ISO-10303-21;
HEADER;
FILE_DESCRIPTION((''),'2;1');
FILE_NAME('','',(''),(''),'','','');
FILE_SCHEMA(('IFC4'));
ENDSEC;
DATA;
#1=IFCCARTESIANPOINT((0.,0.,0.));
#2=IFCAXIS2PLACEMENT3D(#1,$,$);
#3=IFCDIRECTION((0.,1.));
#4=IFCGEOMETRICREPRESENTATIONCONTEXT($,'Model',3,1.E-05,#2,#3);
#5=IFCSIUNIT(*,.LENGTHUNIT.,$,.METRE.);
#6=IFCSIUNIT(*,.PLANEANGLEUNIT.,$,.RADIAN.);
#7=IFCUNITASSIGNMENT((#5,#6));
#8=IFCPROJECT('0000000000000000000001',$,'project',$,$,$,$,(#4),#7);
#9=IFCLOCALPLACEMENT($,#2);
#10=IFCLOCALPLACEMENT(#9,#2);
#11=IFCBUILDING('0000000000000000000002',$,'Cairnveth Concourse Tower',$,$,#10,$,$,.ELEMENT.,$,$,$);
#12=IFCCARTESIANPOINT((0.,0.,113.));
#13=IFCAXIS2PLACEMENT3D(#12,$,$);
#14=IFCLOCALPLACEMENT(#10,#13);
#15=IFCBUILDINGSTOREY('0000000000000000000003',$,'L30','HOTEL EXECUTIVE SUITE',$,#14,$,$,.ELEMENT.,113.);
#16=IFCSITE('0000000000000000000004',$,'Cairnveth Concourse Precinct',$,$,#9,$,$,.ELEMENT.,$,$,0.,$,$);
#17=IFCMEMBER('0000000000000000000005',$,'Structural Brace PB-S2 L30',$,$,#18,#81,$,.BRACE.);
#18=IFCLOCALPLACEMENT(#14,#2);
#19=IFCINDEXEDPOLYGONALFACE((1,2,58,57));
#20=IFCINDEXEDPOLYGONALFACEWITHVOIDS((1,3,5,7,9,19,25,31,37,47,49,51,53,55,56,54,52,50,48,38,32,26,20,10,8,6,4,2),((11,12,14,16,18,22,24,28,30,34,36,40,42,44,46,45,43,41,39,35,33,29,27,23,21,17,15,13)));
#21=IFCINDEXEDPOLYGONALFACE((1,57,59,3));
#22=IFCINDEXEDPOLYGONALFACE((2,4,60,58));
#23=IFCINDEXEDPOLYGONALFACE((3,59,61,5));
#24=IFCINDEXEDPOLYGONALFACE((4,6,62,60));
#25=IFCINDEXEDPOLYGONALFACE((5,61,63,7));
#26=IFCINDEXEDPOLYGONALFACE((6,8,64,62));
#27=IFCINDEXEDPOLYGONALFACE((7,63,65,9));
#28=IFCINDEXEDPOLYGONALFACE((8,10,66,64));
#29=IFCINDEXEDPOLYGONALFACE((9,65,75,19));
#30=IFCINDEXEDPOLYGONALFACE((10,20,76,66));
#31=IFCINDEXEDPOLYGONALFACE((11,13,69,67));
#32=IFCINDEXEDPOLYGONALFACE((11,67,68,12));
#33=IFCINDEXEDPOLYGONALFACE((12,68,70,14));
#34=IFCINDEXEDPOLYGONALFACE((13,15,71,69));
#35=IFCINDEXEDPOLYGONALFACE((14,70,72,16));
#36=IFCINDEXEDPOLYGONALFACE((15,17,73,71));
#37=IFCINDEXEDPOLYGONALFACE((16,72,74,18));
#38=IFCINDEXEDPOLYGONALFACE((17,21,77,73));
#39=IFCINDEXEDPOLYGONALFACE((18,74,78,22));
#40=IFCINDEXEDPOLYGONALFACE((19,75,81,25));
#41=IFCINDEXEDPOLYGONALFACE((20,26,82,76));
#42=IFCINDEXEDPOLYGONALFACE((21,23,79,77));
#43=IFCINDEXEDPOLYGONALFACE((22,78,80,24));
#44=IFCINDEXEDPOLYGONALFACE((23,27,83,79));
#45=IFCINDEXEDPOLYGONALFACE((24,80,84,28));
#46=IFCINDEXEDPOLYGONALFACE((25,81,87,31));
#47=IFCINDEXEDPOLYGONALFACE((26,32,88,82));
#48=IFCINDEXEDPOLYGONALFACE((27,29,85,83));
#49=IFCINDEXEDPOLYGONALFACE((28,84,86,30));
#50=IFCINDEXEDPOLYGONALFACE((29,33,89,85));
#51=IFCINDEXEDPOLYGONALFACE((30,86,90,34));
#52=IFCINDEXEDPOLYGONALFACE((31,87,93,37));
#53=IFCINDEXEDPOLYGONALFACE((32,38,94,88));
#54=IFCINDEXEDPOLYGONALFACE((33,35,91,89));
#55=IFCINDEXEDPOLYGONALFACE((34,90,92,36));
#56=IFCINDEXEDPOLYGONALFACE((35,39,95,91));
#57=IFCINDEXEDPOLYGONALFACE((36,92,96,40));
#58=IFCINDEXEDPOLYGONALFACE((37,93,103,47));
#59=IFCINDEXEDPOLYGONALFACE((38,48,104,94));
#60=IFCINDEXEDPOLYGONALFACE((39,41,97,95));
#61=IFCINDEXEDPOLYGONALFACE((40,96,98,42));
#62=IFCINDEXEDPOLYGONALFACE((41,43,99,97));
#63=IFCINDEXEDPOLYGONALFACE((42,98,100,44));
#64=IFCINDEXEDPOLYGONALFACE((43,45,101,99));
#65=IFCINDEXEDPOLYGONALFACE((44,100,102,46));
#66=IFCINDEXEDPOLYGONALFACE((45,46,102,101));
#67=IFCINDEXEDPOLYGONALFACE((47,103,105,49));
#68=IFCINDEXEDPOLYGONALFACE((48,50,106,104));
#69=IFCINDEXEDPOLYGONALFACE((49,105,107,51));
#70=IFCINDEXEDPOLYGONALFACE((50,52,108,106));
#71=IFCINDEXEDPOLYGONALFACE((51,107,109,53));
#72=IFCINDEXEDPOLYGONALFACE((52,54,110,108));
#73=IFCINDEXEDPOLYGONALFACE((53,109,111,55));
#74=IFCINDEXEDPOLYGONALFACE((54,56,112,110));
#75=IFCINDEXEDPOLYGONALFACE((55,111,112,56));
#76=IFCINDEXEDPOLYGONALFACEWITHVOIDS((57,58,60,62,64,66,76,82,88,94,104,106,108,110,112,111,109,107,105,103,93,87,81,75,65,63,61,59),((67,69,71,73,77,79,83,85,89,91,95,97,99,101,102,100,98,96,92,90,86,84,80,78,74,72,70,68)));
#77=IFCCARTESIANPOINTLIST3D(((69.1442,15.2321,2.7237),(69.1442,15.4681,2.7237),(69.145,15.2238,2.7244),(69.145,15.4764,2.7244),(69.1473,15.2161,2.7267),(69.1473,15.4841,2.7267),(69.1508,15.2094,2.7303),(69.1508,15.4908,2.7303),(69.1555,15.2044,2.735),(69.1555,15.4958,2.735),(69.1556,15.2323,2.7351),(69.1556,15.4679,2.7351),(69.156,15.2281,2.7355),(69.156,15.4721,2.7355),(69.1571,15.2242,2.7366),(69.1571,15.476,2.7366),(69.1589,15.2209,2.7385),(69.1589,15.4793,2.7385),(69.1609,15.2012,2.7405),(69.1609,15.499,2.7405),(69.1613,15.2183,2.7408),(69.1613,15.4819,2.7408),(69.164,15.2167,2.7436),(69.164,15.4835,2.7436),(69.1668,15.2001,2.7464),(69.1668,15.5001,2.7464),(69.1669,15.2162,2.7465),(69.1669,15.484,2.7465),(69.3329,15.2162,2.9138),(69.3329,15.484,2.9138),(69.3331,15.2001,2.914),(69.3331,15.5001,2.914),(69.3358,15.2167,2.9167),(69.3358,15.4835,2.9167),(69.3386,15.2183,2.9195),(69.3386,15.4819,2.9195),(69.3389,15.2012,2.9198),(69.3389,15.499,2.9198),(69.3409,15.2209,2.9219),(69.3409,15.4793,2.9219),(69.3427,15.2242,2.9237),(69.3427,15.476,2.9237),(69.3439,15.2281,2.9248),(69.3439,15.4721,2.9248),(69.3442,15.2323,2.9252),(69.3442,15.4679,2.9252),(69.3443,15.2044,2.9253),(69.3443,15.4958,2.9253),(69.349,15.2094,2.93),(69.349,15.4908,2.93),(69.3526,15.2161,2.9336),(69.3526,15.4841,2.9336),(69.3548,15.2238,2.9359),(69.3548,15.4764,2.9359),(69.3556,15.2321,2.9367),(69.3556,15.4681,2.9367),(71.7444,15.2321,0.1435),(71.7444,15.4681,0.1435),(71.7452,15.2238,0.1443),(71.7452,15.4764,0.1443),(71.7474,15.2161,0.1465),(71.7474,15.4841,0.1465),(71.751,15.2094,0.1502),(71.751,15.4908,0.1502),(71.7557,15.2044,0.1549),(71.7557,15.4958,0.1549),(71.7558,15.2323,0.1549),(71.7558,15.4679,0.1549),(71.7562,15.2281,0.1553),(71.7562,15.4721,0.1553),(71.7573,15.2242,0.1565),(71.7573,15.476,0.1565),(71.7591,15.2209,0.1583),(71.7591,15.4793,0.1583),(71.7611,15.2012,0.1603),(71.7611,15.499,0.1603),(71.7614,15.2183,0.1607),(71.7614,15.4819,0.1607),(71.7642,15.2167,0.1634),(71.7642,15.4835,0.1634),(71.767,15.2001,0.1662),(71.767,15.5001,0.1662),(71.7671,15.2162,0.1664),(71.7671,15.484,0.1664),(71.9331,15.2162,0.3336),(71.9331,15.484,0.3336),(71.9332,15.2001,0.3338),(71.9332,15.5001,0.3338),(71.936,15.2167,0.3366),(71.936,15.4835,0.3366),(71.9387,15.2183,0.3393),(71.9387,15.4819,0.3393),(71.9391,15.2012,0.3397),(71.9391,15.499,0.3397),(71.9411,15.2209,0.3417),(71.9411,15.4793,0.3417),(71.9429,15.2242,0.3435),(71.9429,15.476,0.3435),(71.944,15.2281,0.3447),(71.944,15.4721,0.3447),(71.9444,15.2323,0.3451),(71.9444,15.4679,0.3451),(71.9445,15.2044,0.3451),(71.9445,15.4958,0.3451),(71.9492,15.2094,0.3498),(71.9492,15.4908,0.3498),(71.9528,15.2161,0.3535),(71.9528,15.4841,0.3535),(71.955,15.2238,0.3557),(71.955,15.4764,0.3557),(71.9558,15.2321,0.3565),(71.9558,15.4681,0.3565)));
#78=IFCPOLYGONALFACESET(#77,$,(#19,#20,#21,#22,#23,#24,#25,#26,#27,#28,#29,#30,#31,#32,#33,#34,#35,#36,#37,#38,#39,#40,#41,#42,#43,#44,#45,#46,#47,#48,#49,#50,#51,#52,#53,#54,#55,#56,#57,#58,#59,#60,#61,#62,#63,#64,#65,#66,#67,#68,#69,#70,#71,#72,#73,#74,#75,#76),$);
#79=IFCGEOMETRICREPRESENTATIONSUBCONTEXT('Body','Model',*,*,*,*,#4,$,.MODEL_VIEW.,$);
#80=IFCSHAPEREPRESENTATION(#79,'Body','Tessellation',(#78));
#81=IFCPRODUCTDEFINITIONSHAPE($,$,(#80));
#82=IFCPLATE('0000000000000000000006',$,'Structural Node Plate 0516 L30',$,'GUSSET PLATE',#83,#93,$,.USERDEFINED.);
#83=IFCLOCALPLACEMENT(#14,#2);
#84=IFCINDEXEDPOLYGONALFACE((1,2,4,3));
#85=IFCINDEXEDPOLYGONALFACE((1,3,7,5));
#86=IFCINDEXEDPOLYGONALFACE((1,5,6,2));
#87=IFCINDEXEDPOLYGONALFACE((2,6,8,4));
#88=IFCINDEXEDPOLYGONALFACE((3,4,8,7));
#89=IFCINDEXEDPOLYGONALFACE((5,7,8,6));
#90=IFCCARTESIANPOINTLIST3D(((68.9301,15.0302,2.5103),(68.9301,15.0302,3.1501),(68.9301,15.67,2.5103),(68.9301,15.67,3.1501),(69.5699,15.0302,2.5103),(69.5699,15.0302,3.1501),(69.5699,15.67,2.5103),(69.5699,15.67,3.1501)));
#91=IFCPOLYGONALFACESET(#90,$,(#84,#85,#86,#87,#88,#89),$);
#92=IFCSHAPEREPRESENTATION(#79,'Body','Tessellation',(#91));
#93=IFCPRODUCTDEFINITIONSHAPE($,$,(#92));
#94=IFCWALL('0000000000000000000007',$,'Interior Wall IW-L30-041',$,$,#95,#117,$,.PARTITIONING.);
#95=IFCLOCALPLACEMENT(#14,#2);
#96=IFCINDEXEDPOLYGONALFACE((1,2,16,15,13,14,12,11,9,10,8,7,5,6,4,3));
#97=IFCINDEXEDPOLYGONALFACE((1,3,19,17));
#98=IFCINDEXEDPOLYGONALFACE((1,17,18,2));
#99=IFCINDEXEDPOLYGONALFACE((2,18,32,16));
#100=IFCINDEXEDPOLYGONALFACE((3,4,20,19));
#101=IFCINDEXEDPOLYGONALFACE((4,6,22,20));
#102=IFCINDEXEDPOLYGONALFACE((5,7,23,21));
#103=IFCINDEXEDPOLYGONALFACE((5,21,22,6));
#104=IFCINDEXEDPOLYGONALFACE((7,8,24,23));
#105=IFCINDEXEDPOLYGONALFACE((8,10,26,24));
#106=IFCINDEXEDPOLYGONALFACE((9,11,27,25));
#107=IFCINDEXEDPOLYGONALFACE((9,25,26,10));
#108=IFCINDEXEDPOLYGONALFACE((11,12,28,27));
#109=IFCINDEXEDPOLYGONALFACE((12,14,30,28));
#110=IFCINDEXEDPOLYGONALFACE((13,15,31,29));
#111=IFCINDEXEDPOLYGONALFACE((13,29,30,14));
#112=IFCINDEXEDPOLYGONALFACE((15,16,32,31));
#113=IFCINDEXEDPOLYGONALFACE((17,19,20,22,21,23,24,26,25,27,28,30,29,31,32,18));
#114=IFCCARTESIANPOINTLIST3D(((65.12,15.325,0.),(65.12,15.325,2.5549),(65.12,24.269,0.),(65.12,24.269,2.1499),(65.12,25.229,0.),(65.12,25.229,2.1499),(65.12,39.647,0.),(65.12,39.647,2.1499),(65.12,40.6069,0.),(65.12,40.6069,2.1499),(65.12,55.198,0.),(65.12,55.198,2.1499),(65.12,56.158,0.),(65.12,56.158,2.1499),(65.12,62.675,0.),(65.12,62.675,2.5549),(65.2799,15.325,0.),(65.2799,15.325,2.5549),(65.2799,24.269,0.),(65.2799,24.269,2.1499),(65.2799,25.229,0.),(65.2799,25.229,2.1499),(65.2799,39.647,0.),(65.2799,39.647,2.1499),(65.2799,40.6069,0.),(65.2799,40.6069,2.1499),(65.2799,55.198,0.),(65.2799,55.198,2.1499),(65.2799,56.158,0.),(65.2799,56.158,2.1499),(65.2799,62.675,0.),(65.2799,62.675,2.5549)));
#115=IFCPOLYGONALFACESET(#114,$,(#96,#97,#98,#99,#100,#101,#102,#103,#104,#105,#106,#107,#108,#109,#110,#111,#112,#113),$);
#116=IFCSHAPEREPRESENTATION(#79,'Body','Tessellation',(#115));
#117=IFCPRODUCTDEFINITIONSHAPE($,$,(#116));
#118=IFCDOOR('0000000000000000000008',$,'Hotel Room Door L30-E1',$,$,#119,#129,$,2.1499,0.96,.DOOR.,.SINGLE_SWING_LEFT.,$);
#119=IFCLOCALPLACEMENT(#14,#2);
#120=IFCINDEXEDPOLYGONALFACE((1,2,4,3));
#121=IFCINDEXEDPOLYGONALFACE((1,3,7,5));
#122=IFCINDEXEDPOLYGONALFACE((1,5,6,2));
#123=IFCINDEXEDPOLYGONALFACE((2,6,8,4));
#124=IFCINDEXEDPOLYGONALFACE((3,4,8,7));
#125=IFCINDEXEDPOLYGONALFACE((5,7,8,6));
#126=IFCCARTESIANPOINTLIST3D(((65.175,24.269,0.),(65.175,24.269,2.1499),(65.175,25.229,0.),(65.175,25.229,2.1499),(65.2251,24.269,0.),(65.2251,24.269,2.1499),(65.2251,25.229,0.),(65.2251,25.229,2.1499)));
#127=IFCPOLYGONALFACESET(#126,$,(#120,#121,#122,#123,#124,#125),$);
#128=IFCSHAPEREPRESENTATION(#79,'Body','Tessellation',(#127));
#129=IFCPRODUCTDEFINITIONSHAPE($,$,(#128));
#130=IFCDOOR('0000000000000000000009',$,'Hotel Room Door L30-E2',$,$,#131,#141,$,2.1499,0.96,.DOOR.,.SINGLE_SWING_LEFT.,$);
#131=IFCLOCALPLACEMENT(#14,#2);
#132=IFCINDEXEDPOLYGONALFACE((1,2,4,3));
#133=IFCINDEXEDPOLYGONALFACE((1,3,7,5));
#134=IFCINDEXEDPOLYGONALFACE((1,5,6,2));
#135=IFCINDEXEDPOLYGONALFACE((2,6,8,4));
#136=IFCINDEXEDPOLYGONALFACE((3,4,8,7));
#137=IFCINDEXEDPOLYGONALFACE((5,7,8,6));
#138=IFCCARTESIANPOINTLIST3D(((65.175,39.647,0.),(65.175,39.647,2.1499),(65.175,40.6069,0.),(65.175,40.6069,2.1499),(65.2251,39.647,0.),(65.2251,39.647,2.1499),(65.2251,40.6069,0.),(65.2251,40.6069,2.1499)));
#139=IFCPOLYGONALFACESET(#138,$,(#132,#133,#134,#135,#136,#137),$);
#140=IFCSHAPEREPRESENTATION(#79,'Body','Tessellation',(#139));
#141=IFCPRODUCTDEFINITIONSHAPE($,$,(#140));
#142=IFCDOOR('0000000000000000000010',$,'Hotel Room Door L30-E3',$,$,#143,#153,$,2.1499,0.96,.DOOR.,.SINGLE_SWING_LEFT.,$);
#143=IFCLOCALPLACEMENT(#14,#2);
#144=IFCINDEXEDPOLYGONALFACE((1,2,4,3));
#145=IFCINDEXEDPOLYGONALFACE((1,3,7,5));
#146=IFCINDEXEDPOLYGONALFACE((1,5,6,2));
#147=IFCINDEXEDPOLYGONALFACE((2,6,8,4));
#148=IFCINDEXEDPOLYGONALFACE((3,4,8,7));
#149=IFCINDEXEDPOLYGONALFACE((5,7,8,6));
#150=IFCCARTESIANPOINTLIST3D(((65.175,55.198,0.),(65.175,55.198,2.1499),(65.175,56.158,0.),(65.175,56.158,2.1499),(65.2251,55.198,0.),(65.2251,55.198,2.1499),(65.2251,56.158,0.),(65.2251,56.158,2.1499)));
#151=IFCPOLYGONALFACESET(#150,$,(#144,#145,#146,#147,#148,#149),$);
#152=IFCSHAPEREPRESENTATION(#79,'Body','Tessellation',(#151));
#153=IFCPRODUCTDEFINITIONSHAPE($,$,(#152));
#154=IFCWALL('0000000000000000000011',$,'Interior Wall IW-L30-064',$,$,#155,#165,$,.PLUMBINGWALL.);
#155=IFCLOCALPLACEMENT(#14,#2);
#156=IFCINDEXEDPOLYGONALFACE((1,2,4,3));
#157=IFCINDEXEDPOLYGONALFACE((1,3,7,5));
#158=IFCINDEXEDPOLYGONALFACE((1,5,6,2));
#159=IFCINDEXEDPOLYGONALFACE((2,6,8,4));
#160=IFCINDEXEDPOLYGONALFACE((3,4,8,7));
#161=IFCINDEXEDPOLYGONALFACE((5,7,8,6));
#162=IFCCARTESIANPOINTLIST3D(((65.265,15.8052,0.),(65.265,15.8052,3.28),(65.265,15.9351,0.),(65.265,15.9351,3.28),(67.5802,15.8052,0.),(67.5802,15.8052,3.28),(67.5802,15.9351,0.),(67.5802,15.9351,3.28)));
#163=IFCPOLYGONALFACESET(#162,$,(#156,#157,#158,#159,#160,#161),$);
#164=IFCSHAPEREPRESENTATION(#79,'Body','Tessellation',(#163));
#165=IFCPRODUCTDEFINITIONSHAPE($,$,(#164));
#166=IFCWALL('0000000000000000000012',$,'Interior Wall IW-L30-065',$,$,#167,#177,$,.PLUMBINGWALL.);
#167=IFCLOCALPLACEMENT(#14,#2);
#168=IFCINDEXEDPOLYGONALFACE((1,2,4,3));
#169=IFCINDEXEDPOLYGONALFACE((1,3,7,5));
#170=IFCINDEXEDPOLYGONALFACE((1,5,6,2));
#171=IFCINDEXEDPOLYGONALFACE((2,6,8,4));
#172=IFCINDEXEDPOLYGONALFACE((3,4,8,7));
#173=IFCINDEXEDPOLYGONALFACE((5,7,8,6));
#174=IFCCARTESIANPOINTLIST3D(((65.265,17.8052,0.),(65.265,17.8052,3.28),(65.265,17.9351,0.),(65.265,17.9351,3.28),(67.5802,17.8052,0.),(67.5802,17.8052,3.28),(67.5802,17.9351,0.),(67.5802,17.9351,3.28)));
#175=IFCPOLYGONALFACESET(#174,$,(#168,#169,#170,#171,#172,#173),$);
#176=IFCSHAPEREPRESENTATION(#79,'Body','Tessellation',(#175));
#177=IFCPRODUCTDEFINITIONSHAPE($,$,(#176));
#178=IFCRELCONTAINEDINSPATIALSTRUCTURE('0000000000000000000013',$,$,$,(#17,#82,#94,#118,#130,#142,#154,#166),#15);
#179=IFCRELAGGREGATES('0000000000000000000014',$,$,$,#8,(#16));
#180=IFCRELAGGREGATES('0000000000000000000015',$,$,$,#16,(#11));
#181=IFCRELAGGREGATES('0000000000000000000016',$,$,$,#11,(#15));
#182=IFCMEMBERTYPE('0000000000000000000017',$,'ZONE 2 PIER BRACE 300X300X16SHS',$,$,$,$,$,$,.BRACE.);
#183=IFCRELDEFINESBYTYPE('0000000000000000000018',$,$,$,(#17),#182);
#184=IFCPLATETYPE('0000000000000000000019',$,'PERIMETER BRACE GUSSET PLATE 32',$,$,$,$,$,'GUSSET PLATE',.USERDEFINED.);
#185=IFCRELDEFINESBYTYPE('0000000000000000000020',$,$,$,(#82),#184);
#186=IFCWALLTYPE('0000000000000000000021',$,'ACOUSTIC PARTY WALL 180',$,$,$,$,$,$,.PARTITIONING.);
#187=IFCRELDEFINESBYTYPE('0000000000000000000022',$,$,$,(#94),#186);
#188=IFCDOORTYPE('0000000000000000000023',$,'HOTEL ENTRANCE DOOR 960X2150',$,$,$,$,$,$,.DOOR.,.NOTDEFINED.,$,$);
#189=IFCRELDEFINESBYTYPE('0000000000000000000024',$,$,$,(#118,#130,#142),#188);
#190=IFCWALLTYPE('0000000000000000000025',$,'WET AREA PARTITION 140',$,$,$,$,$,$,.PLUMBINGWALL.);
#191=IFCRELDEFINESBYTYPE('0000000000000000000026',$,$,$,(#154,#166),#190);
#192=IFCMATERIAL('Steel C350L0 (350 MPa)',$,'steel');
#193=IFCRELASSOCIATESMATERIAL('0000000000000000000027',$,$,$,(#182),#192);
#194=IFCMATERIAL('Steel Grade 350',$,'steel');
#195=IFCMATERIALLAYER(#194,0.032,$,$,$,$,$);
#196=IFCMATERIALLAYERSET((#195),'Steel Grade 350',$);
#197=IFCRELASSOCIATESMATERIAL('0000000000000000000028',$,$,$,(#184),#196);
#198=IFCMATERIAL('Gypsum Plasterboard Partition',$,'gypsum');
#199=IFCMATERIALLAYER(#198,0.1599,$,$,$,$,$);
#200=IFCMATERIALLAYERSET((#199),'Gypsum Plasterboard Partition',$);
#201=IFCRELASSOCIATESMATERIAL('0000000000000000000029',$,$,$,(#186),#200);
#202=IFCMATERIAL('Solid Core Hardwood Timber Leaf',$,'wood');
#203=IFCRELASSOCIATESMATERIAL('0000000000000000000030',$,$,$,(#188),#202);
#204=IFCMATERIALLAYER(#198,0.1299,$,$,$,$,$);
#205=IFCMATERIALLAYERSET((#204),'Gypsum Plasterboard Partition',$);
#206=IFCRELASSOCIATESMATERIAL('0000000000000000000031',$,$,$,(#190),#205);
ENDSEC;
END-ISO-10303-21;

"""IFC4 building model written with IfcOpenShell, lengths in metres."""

from ifc_helpers import new_model, si_unit, direction, frame, frame_2d, origin, origin_2d, place, context, subcontext, project, spatial, rectangle, hollow_rectangle, extrude, material, layer, layer_set, material_profile, profile_set, type_object, element, fill, save


model = new_model("IFC4")

# Units and contexts
model_context = context("Model", 3, precision=1e-05, world=origin(), true_north=direction((0.0, 1.0)))
body_context = subcontext(model_context, "Body", "Model", "MODEL_VIEW")
ifc_project = project(units=[si_unit("LENGTHUNIT", "METRE"), si_unit("PLANEANGLEUNIT", "RADIAN")], contexts=[model_context])

# Site, building, storey
site_placement = place(None, origin())
site = spatial("IfcSite", under=ifc_project, at=site_placement, Name="Cairnveth Concourse Precinct", CompositionType="ELEMENT", RefElevation=0.0)
building_placement = place(site_placement, origin())
building = spatial("IfcBuilding", under=site, at=building_placement, Name="Cairnveth Concourse Tower", CompositionType="ELEMENT")
storey_placement = place(building_placement, frame((0.0, 0.0, 113.0)))
storey = spatial("IfcBuildingStorey", under=building, at=storey_placement, Name="L30", Description="HOTEL EXECUTIVE SUITE", CompositionType="ELEMENT", Elevation=113.0)

# Member
ifc_material_1 = material(Name="Steel C350L0 (350 MPa)", Category="steel")
ifc_material_profile = material_profile(ifc_material_1, hollow_rectangle(XDim=0.3, YDim=0.3, WallThickness=0.0161, InnerFilletRadius=0.0161, OuterFilletRadius=0.032, at=origin_2d()), Name="300x300x16.0SHS")
ifc_profile_set = profile_set([ifc_material_profile], Name="Steel C350L0 (350 MPa)")
member_type = type_object("IfcMemberType", Name="ZONE 2 PIER BRACE 300X300X16SHS", PredefinedType="BRACE", material=ifc_profile_set)
member_placement = place(storey_placement, frame((71.8501, 15.3501, 0.25), z_axis=(-0.709834, 0.0, 0.704369), x_axis=(0.0, -1.0, 0.0)))
element("IfcMember", 1, at=member_placement, inside=storey, type_object=member_type, Name="Structural Brace PB-S2 L30", PredefinedType="BRACE", context=body_context, shape_type="SweptSolid", body=[
    extrude(hollow_rectangle(XDim=0.3, YDim=0.3, WallThickness=0.0161, InnerFilletRadius=0.0161, OuterFilletRadius=0.032, at=origin_2d()), origin(), (0.0, 0.0, 1.0), 3.6631),
])

# Plate
ifc_material_2 = material(Name="Steel Grade 350", Category="steel")
ifc_layer_1 = layer(ifc_material_2, 0.032)
ifc_layer_set_1 = layer_set([ifc_layer_1], Name="Steel Grade 350")
plate_type = type_object("IfcPlateType", Name="PERIMETER BRACE GUSSET PLATE 32", ElementType="GUSSET PLATE", PredefinedType="USERDEFINED", material=ifc_layer_set_1)
plate_placement = place(storey_placement, frame((69.25, 15.3501, 2.5103), z_axis=(0.0, 0.0, 1.0), x_axis=(1.0, 0.0, 0.0)))
element("IfcPlate", 2, at=plate_placement, inside=storey, type_object=plate_type, Name="Structural Node Plate 0516 L30", ObjectType="GUSSET PLATE", PredefinedType="USERDEFINED", context=body_context, shape_type="SweptSolid", body=[
    extrude(rectangle(XDim=0.6399, YDim=0.6399, at=origin_2d()), origin(), (0.0, 0.0, 1.0), 0.6399),
])

# Wall, openings, doors
ifc_material_3 = material(Name="Gypsum Plasterboard Partition", Category="gypsum")
ifc_layer_2 = layer(ifc_material_3, 0.1599)
ifc_layer_set_2 = layer_set([ifc_layer_2], Name="Gypsum Plasterboard Partition")
wall_type_1 = type_object("IfcWallType", Name="ACOUSTIC PARTY WALL 180", PredefinedType="PARTITIONING", material=ifc_layer_set_2)
wall_1_placement = place(storey_placement, frame((65.2, 15.325, 0.0), z_axis=(0.0, 0.0, 1.0), x_axis=(0.0, 1.0, 0.0)))
wall_1 = element("IfcWall", 3, at=wall_1_placement, inside=storey, type_object=wall_type_1, Name="Interior Wall IW-L30-041", PredefinedType="PARTITIONING", context=body_context, shape_type="SweptSolid", body=[
    extrude(rectangle(XDim=47.3501, YDim=0.1599, at=frame_2d((23.675, 0.0))), origin(), (0.0, 0.0, 1.0), 2.5549),
])
opening_1_placement = place(wall_1_placement, frame((8.9441, 0.0, 0.0)))
opening_1 = element("IfcOpeningElement", 4, at=opening_1_placement, cuts=wall_1, PredefinedType="OPENING", context=body_context, shape_type="SweptSolid", body=[
    extrude(rectangle(XDim=0.96, YDim=2.1499, at=frame_2d((0.48, 1.075))), frame((0.0, 0.0898, 0.0), z_axis=(0.0, -1.0, 0.0), x_axis=(1.0, 0.0, 0.0)), (0.0, 0.0, 1.0), 0.1799),
])
opening_2_placement = place(wall_1_placement, frame((24.322, 0.0, 0.0)))
opening_2 = element("IfcOpeningElement", 5, at=opening_2_placement, cuts=wall_1, PredefinedType="OPENING", context=body_context, shape_type="SweptSolid", body=[
    extrude(rectangle(XDim=0.96, YDim=2.1499, at=frame_2d((0.48, 1.075))), frame((0.0, 0.0898, 0.0), z_axis=(0.0, -1.0, 0.0), x_axis=(1.0, 0.0, 0.0)), (0.0, 0.0, 1.0), 0.1799),
])
opening_3_placement = place(wall_1_placement, frame((39.873, 0.0, 0.0)))
opening_3 = element("IfcOpeningElement", 6, at=opening_3_placement, cuts=wall_1, PredefinedType="OPENING", context=body_context, shape_type="SweptSolid", body=[
    extrude(rectangle(XDim=0.96, YDim=2.1499, at=frame_2d((0.48, 1.075))), frame((0.0, 0.0898, 0.0), z_axis=(0.0, -1.0, 0.0), x_axis=(1.0, 0.0, 0.0)), (0.0, 0.0, 1.0), 0.1799),
])
ifc_material_4 = material(Name="Solid Core Hardwood Timber Leaf", Category="wood")
door_type_1 = type_object("IfcDoorType", Name="HOTEL ENTRANCE DOOR 960X2150", OperationType="NOTDEFINED", PredefinedType="DOOR", material=ifc_material_4)
door_1_placement = place(opening_1_placement, origin())
door_1 = element("IfcDoor", 7, at=door_1_placement, inside=storey, type_object=door_type_1, Name="Hotel Room Door L30-E1", OperationType="SINGLE_SWING_LEFT", OverallHeight=2.1499, OverallWidth=0.96, PredefinedType="DOOR", context=body_context, shape_type="SweptSolid", body=[
    extrude(rectangle(XDim=0.96, YDim=2.1499, at=frame_2d((0.48, 1.075))), frame((0.0, 0.0249, 0.0), z_axis=(0.0, -1.0, 0.0), x_axis=(1.0, 0.0, 0.0)), (0.0, 0.0, 1.0), 0.05),
])
fill(opening_1, door_1)
door_2_placement = place(opening_2_placement, origin())
door_2 = element("IfcDoor", 8, at=door_2_placement, inside=storey, type_object=door_type_1, Name="Hotel Room Door L30-E2", OperationType="SINGLE_SWING_LEFT", OverallHeight=2.1499, OverallWidth=0.96, PredefinedType="DOOR", context=body_context, shape_type="SweptSolid", body=[
    extrude(rectangle(XDim=0.96, YDim=2.1499, at=frame_2d((0.48, 1.075))), frame((0.0, 0.0249, 0.0), z_axis=(0.0, -1.0, 0.0), x_axis=(1.0, 0.0, 0.0)), (0.0, 0.0, 1.0), 0.05),
])
fill(opening_2, door_2)
door_3_placement = place(opening_3_placement, origin())
door_3 = element("IfcDoor", 9, at=door_3_placement, inside=storey, type_object=door_type_1, Name="Hotel Room Door L30-E3", OperationType="SINGLE_SWING_LEFT", OverallHeight=2.1499, OverallWidth=0.96, PredefinedType="DOOR", context=body_context, shape_type="SweptSolid", body=[
    extrude(rectangle(XDim=0.96, YDim=2.1499, at=frame_2d((0.48, 1.075))), frame((0.0, 0.0249, 0.0), z_axis=(0.0, -1.0, 0.0), x_axis=(1.0, 0.0, 0.0)), (0.0, 0.0, 1.0), 0.05),
])
fill(opening_3, door_3)

# Walls
ifc_layer_3 = layer(ifc_material_3, 0.1299)
ifc_layer_set_3 = layer_set([ifc_layer_3], Name="Gypsum Plasterboard Partition")
wall_type_2 = type_object("IfcWallType", Name="WET AREA PARTITION 140", PredefinedType="PLUMBINGWALL", material=ifc_layer_set_3)
for number, where, z_axis, x_axis, name in (
    (10, (65.2649, 15.8701, 0.0), (0.0, 0.0, 1.0), (1.0, 0.0, 0.0), "Interior Wall IW-L30-064"),
    (11, (65.2649, 17.8701, 0.0), (0.0, 0.0, 1.0), (1.0, 0.0, 0.0), "Interior Wall IW-L30-065"),
):
    element("IfcWall", number, at=place(storey_placement, frame(where, z_axis=z_axis, x_axis=x_axis)), inside=storey, type_object=wall_type_2, Name=name, PredefinedType="PLUMBINGWALL", context=body_context, shape_type="SweptSolid", body=[
        extrude(rectangle(XDim=2.3152, YDim=0.1299, at=frame_2d((1.1577, 0.0))), origin(), (0.0, 0.0, 1.0), 3.28),
    ])

save(model, "model.ifc")
